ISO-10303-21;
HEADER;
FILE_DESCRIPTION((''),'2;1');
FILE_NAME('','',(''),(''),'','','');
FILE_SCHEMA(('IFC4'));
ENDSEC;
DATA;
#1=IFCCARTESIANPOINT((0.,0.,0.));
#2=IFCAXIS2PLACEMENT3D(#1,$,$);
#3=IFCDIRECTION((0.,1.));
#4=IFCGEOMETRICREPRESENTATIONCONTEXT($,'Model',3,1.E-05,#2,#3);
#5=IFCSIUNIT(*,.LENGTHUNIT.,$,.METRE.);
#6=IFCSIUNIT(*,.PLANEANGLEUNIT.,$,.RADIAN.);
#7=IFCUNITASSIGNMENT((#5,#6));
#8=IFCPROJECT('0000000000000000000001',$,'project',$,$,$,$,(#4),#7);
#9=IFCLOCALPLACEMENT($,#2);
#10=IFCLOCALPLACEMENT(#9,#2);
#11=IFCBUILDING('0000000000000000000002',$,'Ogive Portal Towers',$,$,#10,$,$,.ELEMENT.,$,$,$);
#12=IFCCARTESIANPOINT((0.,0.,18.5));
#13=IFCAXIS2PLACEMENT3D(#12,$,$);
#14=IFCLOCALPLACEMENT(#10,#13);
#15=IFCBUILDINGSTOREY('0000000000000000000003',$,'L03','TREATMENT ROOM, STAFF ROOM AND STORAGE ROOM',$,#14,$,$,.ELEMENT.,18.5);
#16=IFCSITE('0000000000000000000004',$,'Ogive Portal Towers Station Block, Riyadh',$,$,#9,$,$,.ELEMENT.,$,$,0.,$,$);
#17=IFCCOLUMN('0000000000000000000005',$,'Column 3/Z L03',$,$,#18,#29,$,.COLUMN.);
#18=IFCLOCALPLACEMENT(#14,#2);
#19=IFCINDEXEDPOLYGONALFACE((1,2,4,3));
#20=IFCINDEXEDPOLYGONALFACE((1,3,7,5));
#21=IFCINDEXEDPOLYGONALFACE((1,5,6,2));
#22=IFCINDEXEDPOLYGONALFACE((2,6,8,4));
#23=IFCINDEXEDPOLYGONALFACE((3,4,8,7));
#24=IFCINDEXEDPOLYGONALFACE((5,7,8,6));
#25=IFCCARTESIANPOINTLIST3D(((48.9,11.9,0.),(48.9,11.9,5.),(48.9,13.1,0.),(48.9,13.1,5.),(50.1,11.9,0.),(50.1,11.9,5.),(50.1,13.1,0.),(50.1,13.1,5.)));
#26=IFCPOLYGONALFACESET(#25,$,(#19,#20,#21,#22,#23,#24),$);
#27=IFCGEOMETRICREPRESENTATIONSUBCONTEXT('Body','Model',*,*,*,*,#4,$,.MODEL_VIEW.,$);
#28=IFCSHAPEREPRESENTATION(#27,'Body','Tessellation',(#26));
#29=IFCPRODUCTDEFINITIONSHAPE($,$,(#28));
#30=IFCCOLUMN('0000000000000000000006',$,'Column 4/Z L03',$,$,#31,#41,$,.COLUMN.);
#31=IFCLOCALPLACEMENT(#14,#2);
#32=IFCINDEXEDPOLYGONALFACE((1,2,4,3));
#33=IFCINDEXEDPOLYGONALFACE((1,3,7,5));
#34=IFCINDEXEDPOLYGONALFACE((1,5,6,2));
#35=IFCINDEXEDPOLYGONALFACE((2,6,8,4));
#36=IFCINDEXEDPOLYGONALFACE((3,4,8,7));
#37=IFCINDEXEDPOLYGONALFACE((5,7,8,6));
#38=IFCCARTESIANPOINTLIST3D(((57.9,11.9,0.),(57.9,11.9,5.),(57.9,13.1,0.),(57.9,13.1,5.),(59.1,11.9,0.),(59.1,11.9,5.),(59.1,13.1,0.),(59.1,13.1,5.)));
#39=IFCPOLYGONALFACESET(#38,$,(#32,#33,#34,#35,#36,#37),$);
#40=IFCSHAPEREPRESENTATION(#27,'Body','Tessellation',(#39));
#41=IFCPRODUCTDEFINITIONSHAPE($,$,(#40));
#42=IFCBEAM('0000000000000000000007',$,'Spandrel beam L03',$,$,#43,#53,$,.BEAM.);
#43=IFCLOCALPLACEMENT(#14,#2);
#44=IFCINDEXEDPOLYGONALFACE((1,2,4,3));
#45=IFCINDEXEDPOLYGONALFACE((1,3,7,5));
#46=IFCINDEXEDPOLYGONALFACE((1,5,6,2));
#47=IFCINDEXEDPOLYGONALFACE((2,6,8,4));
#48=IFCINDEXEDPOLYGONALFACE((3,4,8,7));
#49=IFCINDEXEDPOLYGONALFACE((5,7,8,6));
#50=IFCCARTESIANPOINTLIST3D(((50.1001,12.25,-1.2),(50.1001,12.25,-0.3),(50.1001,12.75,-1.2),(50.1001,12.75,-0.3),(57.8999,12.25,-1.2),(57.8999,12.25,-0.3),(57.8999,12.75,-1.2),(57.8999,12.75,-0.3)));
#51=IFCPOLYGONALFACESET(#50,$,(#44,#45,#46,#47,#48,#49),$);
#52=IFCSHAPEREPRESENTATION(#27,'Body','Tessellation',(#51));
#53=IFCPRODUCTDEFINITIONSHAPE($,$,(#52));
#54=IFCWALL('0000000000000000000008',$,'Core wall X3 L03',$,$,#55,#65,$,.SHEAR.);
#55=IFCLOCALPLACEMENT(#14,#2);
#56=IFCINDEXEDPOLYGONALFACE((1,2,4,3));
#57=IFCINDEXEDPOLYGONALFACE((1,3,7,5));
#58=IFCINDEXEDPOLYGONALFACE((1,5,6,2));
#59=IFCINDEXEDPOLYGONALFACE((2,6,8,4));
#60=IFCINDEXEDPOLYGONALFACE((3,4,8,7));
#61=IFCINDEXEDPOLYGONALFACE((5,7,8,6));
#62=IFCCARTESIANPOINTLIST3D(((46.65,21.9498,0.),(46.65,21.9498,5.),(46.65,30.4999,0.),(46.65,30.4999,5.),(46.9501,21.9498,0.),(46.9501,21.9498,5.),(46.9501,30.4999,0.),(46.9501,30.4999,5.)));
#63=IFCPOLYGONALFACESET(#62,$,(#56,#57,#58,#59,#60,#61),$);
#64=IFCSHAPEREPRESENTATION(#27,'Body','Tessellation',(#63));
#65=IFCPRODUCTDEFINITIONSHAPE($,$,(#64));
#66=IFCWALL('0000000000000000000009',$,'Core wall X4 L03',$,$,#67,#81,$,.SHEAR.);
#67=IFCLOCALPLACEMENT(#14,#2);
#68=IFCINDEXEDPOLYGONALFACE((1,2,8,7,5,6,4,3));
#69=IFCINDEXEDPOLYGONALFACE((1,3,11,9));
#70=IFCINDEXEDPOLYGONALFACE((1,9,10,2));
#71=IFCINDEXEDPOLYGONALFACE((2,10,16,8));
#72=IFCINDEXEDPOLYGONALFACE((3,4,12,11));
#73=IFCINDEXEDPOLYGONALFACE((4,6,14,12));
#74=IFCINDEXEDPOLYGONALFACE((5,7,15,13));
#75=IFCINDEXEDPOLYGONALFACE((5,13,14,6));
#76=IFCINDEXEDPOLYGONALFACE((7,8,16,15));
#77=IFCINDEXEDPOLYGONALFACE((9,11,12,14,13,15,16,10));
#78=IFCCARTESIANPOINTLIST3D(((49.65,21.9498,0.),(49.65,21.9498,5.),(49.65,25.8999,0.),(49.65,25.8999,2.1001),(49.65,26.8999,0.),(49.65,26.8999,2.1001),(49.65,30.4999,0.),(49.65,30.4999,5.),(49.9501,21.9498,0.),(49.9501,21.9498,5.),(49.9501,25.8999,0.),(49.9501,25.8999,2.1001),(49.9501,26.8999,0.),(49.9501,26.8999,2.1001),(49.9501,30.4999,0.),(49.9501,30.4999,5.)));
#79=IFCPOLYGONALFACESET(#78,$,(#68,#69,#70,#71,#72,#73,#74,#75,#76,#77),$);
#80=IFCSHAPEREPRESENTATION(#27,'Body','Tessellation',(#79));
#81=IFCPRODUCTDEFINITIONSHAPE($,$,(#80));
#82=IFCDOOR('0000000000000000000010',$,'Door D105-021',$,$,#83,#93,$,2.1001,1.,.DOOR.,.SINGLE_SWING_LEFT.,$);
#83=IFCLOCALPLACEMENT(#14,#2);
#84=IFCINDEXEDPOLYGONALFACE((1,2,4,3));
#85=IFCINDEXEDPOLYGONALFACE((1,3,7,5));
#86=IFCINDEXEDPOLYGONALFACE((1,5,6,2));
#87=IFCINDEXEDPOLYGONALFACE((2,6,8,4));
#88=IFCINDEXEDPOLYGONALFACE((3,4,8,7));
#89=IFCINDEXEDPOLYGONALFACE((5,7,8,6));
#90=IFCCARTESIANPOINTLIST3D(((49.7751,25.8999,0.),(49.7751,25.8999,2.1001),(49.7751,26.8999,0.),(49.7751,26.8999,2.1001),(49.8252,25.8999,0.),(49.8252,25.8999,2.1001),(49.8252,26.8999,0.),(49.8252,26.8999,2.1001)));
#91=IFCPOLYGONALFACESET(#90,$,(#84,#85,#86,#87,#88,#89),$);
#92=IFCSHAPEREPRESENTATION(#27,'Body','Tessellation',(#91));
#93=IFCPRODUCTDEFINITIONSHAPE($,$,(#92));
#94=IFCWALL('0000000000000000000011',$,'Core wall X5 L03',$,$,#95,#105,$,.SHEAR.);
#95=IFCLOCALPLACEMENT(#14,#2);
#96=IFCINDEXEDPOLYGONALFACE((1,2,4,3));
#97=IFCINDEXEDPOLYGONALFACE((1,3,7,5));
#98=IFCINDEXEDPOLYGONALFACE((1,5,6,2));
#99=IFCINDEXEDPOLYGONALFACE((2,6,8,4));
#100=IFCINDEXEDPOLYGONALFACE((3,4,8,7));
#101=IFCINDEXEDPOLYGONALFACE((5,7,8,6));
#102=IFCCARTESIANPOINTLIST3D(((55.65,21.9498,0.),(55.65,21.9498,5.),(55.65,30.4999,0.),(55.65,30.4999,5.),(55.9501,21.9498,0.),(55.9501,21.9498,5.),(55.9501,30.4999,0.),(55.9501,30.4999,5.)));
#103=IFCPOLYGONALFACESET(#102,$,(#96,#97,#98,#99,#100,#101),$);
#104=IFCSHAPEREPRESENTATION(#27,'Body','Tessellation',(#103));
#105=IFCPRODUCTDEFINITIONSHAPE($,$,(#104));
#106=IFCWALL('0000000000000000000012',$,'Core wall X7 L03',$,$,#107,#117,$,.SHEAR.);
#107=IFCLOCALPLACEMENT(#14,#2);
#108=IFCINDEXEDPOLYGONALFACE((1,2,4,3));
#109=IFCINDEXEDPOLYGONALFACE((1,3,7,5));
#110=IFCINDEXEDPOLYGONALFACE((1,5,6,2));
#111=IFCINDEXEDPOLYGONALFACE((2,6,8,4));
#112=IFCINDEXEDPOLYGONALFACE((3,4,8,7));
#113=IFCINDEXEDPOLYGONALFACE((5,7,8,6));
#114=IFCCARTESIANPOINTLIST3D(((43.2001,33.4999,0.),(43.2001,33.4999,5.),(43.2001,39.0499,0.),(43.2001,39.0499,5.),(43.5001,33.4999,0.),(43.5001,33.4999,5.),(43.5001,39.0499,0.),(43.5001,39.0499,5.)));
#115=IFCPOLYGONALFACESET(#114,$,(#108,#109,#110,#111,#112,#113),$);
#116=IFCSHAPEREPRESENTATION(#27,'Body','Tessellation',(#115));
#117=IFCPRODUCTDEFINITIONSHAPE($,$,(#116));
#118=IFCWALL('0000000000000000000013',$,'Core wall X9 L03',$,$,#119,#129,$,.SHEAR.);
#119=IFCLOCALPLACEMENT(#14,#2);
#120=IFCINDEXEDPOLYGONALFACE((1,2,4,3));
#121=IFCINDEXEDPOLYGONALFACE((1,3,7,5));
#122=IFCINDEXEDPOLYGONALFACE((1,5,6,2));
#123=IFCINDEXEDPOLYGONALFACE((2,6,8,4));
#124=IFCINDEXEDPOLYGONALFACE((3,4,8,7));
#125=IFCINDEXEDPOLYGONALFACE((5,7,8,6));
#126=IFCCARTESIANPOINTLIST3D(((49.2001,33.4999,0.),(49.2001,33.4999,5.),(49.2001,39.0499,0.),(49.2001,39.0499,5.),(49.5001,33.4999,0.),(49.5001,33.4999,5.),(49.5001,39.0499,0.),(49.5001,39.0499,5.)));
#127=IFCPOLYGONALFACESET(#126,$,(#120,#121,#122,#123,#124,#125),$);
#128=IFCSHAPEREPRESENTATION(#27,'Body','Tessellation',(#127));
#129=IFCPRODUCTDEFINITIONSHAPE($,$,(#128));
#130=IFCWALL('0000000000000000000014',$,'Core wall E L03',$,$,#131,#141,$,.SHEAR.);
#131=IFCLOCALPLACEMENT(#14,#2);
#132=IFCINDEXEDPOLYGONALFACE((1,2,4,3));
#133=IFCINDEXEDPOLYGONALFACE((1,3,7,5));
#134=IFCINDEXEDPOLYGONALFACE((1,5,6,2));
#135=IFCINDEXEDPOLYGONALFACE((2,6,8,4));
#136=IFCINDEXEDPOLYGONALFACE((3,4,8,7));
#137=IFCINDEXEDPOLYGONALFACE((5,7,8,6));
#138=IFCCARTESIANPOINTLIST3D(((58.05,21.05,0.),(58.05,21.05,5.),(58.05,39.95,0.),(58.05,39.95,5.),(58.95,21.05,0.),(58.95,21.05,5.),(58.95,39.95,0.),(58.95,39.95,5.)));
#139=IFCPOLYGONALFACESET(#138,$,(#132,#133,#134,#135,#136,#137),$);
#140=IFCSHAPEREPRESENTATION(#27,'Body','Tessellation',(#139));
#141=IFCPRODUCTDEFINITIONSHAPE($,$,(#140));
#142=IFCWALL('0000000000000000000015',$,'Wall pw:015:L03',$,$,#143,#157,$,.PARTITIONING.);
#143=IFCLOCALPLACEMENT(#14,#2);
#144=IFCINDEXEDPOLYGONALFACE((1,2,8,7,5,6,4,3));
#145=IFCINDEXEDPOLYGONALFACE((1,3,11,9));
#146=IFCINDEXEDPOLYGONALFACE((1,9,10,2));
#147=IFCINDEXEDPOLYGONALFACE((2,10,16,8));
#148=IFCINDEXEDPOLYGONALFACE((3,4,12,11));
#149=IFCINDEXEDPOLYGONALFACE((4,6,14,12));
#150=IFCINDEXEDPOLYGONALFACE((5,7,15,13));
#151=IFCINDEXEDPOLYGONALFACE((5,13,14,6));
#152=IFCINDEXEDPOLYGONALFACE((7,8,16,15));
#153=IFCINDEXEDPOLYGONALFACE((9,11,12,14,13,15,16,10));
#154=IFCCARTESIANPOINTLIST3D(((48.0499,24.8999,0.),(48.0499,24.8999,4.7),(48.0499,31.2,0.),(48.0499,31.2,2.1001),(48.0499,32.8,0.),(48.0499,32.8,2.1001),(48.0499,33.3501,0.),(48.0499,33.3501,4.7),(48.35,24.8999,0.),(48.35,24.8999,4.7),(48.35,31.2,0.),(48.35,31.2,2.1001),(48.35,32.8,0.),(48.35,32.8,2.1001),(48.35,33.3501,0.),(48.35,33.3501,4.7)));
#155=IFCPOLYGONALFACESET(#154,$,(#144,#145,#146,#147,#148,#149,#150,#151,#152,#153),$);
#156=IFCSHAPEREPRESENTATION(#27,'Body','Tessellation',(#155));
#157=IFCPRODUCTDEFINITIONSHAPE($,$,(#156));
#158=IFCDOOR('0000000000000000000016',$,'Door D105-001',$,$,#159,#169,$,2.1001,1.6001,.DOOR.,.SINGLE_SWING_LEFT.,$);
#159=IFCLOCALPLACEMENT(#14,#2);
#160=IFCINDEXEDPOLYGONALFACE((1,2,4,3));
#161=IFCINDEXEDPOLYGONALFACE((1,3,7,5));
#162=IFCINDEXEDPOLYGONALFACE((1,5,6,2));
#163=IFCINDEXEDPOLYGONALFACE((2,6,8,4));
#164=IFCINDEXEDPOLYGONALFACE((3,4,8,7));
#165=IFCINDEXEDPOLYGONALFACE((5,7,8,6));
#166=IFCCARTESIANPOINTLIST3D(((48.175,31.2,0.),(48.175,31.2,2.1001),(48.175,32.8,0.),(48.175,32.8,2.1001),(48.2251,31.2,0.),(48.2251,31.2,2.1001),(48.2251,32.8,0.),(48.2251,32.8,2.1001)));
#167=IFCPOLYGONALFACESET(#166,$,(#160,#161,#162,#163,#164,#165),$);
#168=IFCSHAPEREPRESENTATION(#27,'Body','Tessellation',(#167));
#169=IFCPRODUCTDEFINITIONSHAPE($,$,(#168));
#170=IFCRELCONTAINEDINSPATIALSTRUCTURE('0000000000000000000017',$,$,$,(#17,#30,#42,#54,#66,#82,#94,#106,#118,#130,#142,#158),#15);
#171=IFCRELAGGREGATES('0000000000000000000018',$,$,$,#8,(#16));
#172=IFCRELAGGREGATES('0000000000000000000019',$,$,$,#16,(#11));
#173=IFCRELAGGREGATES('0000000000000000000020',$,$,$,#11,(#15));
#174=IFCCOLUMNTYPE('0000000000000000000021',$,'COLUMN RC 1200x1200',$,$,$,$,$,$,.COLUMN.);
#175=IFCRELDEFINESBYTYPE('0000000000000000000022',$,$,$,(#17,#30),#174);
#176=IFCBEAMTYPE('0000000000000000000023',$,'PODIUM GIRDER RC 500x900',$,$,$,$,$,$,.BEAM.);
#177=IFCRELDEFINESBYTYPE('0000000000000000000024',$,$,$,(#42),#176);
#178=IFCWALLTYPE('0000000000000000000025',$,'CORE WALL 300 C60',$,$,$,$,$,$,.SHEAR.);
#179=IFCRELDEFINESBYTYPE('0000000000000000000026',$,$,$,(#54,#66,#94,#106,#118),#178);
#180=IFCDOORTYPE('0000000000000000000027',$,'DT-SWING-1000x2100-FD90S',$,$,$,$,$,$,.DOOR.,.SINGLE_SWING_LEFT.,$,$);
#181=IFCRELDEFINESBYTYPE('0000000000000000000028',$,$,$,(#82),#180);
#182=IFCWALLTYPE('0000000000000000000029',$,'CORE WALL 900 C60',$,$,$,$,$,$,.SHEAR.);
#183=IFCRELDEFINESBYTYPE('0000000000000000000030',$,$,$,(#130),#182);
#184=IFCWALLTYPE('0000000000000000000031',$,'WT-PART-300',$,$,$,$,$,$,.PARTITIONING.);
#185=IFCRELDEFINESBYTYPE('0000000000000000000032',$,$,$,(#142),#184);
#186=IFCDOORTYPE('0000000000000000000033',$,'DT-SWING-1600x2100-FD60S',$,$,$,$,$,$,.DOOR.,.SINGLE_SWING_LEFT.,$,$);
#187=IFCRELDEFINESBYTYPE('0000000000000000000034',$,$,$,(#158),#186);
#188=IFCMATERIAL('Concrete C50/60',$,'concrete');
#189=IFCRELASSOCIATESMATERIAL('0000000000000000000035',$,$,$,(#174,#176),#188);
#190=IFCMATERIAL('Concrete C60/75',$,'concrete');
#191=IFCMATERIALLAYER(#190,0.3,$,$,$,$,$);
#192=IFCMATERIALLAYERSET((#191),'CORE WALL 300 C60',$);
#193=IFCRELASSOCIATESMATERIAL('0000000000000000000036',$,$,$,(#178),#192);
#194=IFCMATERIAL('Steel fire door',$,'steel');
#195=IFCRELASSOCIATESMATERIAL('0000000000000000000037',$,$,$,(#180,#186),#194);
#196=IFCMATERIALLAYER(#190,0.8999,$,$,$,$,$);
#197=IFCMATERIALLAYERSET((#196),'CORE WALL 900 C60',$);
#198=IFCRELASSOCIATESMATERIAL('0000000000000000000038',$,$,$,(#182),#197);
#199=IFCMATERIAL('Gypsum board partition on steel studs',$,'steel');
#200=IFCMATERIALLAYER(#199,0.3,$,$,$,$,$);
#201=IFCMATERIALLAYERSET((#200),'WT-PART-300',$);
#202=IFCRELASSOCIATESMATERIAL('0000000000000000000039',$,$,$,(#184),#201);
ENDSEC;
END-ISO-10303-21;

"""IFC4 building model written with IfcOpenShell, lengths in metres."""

from ifc_helpers import new_model, si_unit, direction, frame, frame_2d, origin, origin_2d, place, context, subcontext, project, spatial, rectangle, extrude, material, layer, layer_set, material_profile, profile_set, type_object, element, fill, save


model = new_model("IFC4")

# Units and contexts
model_context = context("Model", 3, precision=1e-05, world=origin(), true_north=direction((0.0, 1.0)))
body_context = subcontext(model_context, "Body", "Model", "MODEL_VIEW")
ifc_project = project(units=[si_unit("LENGTHUNIT", "METRE"), si_unit("PLANEANGLEUNIT", "RADIAN")], contexts=[model_context])

# Site, building, storey
site_placement = place(None, origin())
site = spatial("IfcSite", under=ifc_project, at=site_placement, Name="Ogive Portal Towers Station Block, Riyadh", CompositionType="ELEMENT", RefElevation=0.0)
building_placement = place(site_placement, origin())
building = spatial("IfcBuilding", under=site, at=building_placement, Name="Ogive Portal Towers", CompositionType="ELEMENT")
storey_placement = place(building_placement, frame((0.0, 0.0, 18.5)))
storey = spatial("IfcBuildingStorey", under=building, at=storey_placement, Name="L03", Description="TREATMENT ROOM, STAFF ROOM AND STORAGE ROOM", CompositionType="ELEMENT", Elevation=18.5)

# Columns
ifc_material_1 = material(Name="Concrete C50/60", Category="concrete")
ifc_material_profile_1 = material_profile(ifc_material_1, rectangle(XDim=1.2, YDim=1.2, at=origin_2d()), Name="RC 1200x1200")
ifc_profile_set_1 = profile_set([ifc_material_profile_1], Name="Concrete C50/60")
column_type = type_object("IfcColumnType", Name="COLUMN RC 1200x1200", PredefinedType="COLUMN", material=ifc_profile_set_1)
for number, where, z_axis, x_axis, name in (
    (1, (49.5, 12.5, 0.0), (0.0, 0.0, 1.0), (1.0, 0.0, 0.0), "Column 3/Z L03"),
    (2, (58.5, 12.5, 0.0), (0.0, 0.0, 1.0), (1.0, 0.0, 0.0), "Column 4/Z L03"),
):
    element("IfcColumn", number, at=place(storey_placement, frame(where, z_axis=z_axis, x_axis=x_axis)), inside=storey, type_object=column_type, Name=name, PredefinedType="COLUMN", context=body_context, shape_type="SweptSolid", body=[
        extrude(rectangle(XDim=1.2, YDim=1.2, at=origin_2d()), origin(), (0.0, 0.0, 1.0), 5.0),
    ])

# Beam
ifc_material_profile_2 = material_profile(ifc_material_1, rectangle(XDim=0.5, YDim=0.8999, at=origin_2d()), Name="RC 500x900")
ifc_profile_set_2 = profile_set([ifc_material_profile_2], Name="Concrete C50/60")
beam_type = type_object("IfcBeamType", Name="PODIUM GIRDER RC 500x900", PredefinedType="BEAM", material=ifc_profile_set_2)
beam_placement = place(storey_placement, frame((50.1001, 12.5, -0.75), z_axis=(1.0, 0.0, 0.0), x_axis=(0.0, 1.0, 0.0)))
element("IfcBeam", 3, at=beam_placement, inside=storey, type_object=beam_type, Name="Spandrel beam L03", PredefinedType="BEAM", context=body_context, shape_type="SweptSolid", body=[
    extrude(rectangle(XDim=0.5, YDim=0.8999, at=origin_2d()), origin(), (0.0, 0.0, 1.0), 7.7998),
])

# Wall
ifc_material_2 = material(Name="Concrete C60/75", Category="concrete")
ifc_layer_1 = layer(ifc_material_2, 0.3)
ifc_layer_set_1 = layer_set([ifc_layer_1], Name="CORE WALL 300 C60")
wall_type_1 = type_object("IfcWallType", Name="CORE WALL 300 C60", PredefinedType="SHEAR", material=ifc_layer_set_1)
wall_1_placement = place(storey_placement, frame((46.8, 21.95, 0.0), z_axis=(0.0, 0.0, 1.0), x_axis=(0.0, 1.0, 0.0)))
element("IfcWall", 4, at=wall_1_placement, inside=storey, type_object=wall_type_1, Name="Core wall X3 L03", PredefinedType="SHEAR", context=body_context, shape_type="SweptSolid", body=[
    extrude(rectangle(XDim=8.55, YDim=0.3, at=frame_2d((4.2749, 0.0))), origin(), (0.0, 0.0, 1.0), 5.0),
])

# Wall, opening, door
wall_2_placement = place(storey_placement, frame((49.8, 21.95, 0.0), z_axis=(0.0, 0.0, 1.0), x_axis=(0.0, 1.0, 0.0)))
wall_2 = element("IfcWall", 5, at=wall_2_placement, inside=storey, type_object=wall_type_1, Name="Core wall X4 L03", PredefinedType="SHEAR", context=body_context, shape_type="SweptSolid", body=[
    extrude(rectangle(XDim=8.55, YDim=0.3, at=frame_2d((4.2749, 0.0))), origin(), (0.0, 0.0, 1.0), 5.0),
])
opening_1_placement = place(wall_2_placement, frame((3.95, 0.0, 0.0)))
opening_1 = element("IfcOpeningElement", 6, at=opening_1_placement, cuts=wall_2, PredefinedType="OPENING", context=body_context, shape_type="SweptSolid", body=[
    extrude(rectangle(XDim=1.0, YDim=2.1001, at=frame_2d((0.5, 1.05))), frame((0.0, 0.1602, 0.0), z_axis=(0.0, -1.0, 0.0), x_axis=(1.0, 0.0, 0.0)), (0.0, 0.0, 1.0), 0.3201),
])
ifc_material_3 = material(Name="Steel fire door", Category="steel")
door_type_1 = type_object("IfcDoorType", Name="DT-SWING-1000x2100-FD90S", OperationType="SINGLE_SWING_LEFT", PredefinedType="DOOR", material=ifc_material_3)
door_1_placement = place(opening_1_placement, origin())
door_1 = element("IfcDoor", 7, at=door_1_placement, inside=storey, type_object=door_type_1, Name="Door D105-021", OperationType="SINGLE_SWING_LEFT", OverallHeight=2.1001, OverallWidth=1.0, PredefinedType="DOOR", context=body_context, shape_type="SweptSolid", body=[
    extrude(rectangle(XDim=1.0, YDim=2.1001, at=frame_2d((0.5, 1.05))), frame((0.0, 0.0249, 0.0), z_axis=(0.0, -1.0, 0.0), x_axis=(1.0, 0.0, 0.0)), (0.0, 0.0, 1.0), 0.05),
])
fill(opening_1, door_1)

# Walls
wall_3_placement = place(storey_placement, frame((55.8, 21.95, 0.0), z_axis=(0.0, 0.0, 1.0), x_axis=(0.0, 1.0, 0.0)))
element("IfcWall", 8, at=wall_3_placement, inside=storey, type_object=wall_type_1, Name="Core wall X5 L03", PredefinedType="SHEAR", context=body_context, shape_type="SweptSolid", body=[
    extrude(rectangle(XDim=8.55, YDim=0.3, at=frame_2d((4.2749, 0.0))), origin(), (0.0, 0.0, 1.0), 5.0),
])
for number, where, z_axis, x_axis, name in (
    (9, (43.3501, 33.5, 0.0), (0.0, 0.0, 1.0), (0.0, 1.0, 0.0), "Core wall X7 L03"),
    (10, (49.3501, 33.5, 0.0), (0.0, 0.0, 1.0), (0.0, 1.0, 0.0), "Core wall X9 L03"),
):
    element("IfcWall", number, at=place(storey_placement, frame(where, z_axis=z_axis, x_axis=x_axis)), inside=storey, type_object=wall_type_1, Name=name, PredefinedType="SHEAR", context=body_context, shape_type="SweptSolid", body=[
        extrude(rectangle(XDim=5.55, YDim=0.3, at=frame_2d((2.7749, 0.0))), origin(), (0.0, 0.0, 1.0), 5.0),
    ])

# Wall
ifc_layer_2 = layer(ifc_material_2, 0.8999)
ifc_layer_set_2 = layer_set([ifc_layer_2], Name="CORE WALL 900 C60")
wall_type_2 = type_object("IfcWallType", Name="CORE WALL 900 C60", PredefinedType="SHEAR", material=ifc_layer_set_2)
wall_4_placement = place(storey_placement, frame((58.5, 21.05, 0.0), z_axis=(0.0, 0.0, 1.0), x_axis=(0.0, 1.0, 0.0)))
element("IfcWall", 11, at=wall_4_placement, inside=storey, type_object=wall_type_2, Name="Core wall E L03", PredefinedType="SHEAR", context=body_context, shape_type="SweptSolid", body=[
    extrude(rectangle(XDim=18.8999, YDim=0.8999, at=frame_2d((9.45, 0.0))), origin(), (0.0, 0.0, 1.0), 5.0),
])

# Wall, opening, door
ifc_material_4 = material(Name="Gypsum board partition on steel studs", Category="steel")
ifc_layer_3 = layer(ifc_material_4, 0.3)
ifc_layer_set_3 = layer_set([ifc_layer_3], Name="WT-PART-300")
wall_type_3 = type_object("IfcWallType", Name="WT-PART-300", PredefinedType="PARTITIONING", material=ifc_layer_set_3)
wall_5_placement = place(storey_placement, frame((48.2, 24.8999, 0.0), z_axis=(0.0, 0.0, 1.0), x_axis=(0.0, 1.0, 0.0)))
wall_5 = element("IfcWall", 12, at=wall_5_placement, inside=storey, type_object=wall_type_3, Name="Wall pw:015:L03", PredefinedType="PARTITIONING", context=body_context, shape_type="SweptSolid", body=[
    extrude(rectangle(XDim=8.4502, YDim=0.3, at=frame_2d((4.2251, 0.0))), origin(), (0.0, 0.0, 1.0), 4.7),
])
opening_2_placement = place(wall_5_placement, frame((6.3, 0.0, 0.0)))
opening_2 = element("IfcOpeningElement", 13, at=opening_2_placement, cuts=wall_5, PredefinedType="OPENING", context=body_context, shape_type="SweptSolid", body=[
    extrude(rectangle(XDim=1.6001, YDim=2.1001, at=frame_2d((0.8, 1.05))), frame((0.0, 0.1602, 0.0), z_axis=(0.0, -1.0, 0.0), x_axis=(1.0, 0.0, 0.0)), (0.0, 0.0, 1.0), 0.3201),
])
door_type_2 = type_object("IfcDoorType", Name="DT-SWING-1600x2100-FD60S", OperationType="SINGLE_SWING_LEFT", PredefinedType="DOOR", material=ifc_material_3)
door_2_placement = place(opening_2_placement, origin())
door_2 = element("IfcDoor", 14, at=door_2_placement, inside=storey, type_object=door_type_2, Name="Door D105-001", OperationType="SINGLE_SWING_LEFT", OverallHeight=2.1001, OverallWidth=1.6001, PredefinedType="DOOR", context=body_context, shape_type="SweptSolid", body=[
    extrude(rectangle(XDim=1.6001, YDim=2.1001, at=frame_2d((0.8, 1.05))), frame((0.0, 0.0249, 0.0), z_axis=(0.0, -1.0, 0.0), x_axis=(1.0, 0.0, 0.0)), (0.0, 0.0, 1.0), 0.05),
])
fill(opening_2, door_2)

save(model, "model.ifc")
